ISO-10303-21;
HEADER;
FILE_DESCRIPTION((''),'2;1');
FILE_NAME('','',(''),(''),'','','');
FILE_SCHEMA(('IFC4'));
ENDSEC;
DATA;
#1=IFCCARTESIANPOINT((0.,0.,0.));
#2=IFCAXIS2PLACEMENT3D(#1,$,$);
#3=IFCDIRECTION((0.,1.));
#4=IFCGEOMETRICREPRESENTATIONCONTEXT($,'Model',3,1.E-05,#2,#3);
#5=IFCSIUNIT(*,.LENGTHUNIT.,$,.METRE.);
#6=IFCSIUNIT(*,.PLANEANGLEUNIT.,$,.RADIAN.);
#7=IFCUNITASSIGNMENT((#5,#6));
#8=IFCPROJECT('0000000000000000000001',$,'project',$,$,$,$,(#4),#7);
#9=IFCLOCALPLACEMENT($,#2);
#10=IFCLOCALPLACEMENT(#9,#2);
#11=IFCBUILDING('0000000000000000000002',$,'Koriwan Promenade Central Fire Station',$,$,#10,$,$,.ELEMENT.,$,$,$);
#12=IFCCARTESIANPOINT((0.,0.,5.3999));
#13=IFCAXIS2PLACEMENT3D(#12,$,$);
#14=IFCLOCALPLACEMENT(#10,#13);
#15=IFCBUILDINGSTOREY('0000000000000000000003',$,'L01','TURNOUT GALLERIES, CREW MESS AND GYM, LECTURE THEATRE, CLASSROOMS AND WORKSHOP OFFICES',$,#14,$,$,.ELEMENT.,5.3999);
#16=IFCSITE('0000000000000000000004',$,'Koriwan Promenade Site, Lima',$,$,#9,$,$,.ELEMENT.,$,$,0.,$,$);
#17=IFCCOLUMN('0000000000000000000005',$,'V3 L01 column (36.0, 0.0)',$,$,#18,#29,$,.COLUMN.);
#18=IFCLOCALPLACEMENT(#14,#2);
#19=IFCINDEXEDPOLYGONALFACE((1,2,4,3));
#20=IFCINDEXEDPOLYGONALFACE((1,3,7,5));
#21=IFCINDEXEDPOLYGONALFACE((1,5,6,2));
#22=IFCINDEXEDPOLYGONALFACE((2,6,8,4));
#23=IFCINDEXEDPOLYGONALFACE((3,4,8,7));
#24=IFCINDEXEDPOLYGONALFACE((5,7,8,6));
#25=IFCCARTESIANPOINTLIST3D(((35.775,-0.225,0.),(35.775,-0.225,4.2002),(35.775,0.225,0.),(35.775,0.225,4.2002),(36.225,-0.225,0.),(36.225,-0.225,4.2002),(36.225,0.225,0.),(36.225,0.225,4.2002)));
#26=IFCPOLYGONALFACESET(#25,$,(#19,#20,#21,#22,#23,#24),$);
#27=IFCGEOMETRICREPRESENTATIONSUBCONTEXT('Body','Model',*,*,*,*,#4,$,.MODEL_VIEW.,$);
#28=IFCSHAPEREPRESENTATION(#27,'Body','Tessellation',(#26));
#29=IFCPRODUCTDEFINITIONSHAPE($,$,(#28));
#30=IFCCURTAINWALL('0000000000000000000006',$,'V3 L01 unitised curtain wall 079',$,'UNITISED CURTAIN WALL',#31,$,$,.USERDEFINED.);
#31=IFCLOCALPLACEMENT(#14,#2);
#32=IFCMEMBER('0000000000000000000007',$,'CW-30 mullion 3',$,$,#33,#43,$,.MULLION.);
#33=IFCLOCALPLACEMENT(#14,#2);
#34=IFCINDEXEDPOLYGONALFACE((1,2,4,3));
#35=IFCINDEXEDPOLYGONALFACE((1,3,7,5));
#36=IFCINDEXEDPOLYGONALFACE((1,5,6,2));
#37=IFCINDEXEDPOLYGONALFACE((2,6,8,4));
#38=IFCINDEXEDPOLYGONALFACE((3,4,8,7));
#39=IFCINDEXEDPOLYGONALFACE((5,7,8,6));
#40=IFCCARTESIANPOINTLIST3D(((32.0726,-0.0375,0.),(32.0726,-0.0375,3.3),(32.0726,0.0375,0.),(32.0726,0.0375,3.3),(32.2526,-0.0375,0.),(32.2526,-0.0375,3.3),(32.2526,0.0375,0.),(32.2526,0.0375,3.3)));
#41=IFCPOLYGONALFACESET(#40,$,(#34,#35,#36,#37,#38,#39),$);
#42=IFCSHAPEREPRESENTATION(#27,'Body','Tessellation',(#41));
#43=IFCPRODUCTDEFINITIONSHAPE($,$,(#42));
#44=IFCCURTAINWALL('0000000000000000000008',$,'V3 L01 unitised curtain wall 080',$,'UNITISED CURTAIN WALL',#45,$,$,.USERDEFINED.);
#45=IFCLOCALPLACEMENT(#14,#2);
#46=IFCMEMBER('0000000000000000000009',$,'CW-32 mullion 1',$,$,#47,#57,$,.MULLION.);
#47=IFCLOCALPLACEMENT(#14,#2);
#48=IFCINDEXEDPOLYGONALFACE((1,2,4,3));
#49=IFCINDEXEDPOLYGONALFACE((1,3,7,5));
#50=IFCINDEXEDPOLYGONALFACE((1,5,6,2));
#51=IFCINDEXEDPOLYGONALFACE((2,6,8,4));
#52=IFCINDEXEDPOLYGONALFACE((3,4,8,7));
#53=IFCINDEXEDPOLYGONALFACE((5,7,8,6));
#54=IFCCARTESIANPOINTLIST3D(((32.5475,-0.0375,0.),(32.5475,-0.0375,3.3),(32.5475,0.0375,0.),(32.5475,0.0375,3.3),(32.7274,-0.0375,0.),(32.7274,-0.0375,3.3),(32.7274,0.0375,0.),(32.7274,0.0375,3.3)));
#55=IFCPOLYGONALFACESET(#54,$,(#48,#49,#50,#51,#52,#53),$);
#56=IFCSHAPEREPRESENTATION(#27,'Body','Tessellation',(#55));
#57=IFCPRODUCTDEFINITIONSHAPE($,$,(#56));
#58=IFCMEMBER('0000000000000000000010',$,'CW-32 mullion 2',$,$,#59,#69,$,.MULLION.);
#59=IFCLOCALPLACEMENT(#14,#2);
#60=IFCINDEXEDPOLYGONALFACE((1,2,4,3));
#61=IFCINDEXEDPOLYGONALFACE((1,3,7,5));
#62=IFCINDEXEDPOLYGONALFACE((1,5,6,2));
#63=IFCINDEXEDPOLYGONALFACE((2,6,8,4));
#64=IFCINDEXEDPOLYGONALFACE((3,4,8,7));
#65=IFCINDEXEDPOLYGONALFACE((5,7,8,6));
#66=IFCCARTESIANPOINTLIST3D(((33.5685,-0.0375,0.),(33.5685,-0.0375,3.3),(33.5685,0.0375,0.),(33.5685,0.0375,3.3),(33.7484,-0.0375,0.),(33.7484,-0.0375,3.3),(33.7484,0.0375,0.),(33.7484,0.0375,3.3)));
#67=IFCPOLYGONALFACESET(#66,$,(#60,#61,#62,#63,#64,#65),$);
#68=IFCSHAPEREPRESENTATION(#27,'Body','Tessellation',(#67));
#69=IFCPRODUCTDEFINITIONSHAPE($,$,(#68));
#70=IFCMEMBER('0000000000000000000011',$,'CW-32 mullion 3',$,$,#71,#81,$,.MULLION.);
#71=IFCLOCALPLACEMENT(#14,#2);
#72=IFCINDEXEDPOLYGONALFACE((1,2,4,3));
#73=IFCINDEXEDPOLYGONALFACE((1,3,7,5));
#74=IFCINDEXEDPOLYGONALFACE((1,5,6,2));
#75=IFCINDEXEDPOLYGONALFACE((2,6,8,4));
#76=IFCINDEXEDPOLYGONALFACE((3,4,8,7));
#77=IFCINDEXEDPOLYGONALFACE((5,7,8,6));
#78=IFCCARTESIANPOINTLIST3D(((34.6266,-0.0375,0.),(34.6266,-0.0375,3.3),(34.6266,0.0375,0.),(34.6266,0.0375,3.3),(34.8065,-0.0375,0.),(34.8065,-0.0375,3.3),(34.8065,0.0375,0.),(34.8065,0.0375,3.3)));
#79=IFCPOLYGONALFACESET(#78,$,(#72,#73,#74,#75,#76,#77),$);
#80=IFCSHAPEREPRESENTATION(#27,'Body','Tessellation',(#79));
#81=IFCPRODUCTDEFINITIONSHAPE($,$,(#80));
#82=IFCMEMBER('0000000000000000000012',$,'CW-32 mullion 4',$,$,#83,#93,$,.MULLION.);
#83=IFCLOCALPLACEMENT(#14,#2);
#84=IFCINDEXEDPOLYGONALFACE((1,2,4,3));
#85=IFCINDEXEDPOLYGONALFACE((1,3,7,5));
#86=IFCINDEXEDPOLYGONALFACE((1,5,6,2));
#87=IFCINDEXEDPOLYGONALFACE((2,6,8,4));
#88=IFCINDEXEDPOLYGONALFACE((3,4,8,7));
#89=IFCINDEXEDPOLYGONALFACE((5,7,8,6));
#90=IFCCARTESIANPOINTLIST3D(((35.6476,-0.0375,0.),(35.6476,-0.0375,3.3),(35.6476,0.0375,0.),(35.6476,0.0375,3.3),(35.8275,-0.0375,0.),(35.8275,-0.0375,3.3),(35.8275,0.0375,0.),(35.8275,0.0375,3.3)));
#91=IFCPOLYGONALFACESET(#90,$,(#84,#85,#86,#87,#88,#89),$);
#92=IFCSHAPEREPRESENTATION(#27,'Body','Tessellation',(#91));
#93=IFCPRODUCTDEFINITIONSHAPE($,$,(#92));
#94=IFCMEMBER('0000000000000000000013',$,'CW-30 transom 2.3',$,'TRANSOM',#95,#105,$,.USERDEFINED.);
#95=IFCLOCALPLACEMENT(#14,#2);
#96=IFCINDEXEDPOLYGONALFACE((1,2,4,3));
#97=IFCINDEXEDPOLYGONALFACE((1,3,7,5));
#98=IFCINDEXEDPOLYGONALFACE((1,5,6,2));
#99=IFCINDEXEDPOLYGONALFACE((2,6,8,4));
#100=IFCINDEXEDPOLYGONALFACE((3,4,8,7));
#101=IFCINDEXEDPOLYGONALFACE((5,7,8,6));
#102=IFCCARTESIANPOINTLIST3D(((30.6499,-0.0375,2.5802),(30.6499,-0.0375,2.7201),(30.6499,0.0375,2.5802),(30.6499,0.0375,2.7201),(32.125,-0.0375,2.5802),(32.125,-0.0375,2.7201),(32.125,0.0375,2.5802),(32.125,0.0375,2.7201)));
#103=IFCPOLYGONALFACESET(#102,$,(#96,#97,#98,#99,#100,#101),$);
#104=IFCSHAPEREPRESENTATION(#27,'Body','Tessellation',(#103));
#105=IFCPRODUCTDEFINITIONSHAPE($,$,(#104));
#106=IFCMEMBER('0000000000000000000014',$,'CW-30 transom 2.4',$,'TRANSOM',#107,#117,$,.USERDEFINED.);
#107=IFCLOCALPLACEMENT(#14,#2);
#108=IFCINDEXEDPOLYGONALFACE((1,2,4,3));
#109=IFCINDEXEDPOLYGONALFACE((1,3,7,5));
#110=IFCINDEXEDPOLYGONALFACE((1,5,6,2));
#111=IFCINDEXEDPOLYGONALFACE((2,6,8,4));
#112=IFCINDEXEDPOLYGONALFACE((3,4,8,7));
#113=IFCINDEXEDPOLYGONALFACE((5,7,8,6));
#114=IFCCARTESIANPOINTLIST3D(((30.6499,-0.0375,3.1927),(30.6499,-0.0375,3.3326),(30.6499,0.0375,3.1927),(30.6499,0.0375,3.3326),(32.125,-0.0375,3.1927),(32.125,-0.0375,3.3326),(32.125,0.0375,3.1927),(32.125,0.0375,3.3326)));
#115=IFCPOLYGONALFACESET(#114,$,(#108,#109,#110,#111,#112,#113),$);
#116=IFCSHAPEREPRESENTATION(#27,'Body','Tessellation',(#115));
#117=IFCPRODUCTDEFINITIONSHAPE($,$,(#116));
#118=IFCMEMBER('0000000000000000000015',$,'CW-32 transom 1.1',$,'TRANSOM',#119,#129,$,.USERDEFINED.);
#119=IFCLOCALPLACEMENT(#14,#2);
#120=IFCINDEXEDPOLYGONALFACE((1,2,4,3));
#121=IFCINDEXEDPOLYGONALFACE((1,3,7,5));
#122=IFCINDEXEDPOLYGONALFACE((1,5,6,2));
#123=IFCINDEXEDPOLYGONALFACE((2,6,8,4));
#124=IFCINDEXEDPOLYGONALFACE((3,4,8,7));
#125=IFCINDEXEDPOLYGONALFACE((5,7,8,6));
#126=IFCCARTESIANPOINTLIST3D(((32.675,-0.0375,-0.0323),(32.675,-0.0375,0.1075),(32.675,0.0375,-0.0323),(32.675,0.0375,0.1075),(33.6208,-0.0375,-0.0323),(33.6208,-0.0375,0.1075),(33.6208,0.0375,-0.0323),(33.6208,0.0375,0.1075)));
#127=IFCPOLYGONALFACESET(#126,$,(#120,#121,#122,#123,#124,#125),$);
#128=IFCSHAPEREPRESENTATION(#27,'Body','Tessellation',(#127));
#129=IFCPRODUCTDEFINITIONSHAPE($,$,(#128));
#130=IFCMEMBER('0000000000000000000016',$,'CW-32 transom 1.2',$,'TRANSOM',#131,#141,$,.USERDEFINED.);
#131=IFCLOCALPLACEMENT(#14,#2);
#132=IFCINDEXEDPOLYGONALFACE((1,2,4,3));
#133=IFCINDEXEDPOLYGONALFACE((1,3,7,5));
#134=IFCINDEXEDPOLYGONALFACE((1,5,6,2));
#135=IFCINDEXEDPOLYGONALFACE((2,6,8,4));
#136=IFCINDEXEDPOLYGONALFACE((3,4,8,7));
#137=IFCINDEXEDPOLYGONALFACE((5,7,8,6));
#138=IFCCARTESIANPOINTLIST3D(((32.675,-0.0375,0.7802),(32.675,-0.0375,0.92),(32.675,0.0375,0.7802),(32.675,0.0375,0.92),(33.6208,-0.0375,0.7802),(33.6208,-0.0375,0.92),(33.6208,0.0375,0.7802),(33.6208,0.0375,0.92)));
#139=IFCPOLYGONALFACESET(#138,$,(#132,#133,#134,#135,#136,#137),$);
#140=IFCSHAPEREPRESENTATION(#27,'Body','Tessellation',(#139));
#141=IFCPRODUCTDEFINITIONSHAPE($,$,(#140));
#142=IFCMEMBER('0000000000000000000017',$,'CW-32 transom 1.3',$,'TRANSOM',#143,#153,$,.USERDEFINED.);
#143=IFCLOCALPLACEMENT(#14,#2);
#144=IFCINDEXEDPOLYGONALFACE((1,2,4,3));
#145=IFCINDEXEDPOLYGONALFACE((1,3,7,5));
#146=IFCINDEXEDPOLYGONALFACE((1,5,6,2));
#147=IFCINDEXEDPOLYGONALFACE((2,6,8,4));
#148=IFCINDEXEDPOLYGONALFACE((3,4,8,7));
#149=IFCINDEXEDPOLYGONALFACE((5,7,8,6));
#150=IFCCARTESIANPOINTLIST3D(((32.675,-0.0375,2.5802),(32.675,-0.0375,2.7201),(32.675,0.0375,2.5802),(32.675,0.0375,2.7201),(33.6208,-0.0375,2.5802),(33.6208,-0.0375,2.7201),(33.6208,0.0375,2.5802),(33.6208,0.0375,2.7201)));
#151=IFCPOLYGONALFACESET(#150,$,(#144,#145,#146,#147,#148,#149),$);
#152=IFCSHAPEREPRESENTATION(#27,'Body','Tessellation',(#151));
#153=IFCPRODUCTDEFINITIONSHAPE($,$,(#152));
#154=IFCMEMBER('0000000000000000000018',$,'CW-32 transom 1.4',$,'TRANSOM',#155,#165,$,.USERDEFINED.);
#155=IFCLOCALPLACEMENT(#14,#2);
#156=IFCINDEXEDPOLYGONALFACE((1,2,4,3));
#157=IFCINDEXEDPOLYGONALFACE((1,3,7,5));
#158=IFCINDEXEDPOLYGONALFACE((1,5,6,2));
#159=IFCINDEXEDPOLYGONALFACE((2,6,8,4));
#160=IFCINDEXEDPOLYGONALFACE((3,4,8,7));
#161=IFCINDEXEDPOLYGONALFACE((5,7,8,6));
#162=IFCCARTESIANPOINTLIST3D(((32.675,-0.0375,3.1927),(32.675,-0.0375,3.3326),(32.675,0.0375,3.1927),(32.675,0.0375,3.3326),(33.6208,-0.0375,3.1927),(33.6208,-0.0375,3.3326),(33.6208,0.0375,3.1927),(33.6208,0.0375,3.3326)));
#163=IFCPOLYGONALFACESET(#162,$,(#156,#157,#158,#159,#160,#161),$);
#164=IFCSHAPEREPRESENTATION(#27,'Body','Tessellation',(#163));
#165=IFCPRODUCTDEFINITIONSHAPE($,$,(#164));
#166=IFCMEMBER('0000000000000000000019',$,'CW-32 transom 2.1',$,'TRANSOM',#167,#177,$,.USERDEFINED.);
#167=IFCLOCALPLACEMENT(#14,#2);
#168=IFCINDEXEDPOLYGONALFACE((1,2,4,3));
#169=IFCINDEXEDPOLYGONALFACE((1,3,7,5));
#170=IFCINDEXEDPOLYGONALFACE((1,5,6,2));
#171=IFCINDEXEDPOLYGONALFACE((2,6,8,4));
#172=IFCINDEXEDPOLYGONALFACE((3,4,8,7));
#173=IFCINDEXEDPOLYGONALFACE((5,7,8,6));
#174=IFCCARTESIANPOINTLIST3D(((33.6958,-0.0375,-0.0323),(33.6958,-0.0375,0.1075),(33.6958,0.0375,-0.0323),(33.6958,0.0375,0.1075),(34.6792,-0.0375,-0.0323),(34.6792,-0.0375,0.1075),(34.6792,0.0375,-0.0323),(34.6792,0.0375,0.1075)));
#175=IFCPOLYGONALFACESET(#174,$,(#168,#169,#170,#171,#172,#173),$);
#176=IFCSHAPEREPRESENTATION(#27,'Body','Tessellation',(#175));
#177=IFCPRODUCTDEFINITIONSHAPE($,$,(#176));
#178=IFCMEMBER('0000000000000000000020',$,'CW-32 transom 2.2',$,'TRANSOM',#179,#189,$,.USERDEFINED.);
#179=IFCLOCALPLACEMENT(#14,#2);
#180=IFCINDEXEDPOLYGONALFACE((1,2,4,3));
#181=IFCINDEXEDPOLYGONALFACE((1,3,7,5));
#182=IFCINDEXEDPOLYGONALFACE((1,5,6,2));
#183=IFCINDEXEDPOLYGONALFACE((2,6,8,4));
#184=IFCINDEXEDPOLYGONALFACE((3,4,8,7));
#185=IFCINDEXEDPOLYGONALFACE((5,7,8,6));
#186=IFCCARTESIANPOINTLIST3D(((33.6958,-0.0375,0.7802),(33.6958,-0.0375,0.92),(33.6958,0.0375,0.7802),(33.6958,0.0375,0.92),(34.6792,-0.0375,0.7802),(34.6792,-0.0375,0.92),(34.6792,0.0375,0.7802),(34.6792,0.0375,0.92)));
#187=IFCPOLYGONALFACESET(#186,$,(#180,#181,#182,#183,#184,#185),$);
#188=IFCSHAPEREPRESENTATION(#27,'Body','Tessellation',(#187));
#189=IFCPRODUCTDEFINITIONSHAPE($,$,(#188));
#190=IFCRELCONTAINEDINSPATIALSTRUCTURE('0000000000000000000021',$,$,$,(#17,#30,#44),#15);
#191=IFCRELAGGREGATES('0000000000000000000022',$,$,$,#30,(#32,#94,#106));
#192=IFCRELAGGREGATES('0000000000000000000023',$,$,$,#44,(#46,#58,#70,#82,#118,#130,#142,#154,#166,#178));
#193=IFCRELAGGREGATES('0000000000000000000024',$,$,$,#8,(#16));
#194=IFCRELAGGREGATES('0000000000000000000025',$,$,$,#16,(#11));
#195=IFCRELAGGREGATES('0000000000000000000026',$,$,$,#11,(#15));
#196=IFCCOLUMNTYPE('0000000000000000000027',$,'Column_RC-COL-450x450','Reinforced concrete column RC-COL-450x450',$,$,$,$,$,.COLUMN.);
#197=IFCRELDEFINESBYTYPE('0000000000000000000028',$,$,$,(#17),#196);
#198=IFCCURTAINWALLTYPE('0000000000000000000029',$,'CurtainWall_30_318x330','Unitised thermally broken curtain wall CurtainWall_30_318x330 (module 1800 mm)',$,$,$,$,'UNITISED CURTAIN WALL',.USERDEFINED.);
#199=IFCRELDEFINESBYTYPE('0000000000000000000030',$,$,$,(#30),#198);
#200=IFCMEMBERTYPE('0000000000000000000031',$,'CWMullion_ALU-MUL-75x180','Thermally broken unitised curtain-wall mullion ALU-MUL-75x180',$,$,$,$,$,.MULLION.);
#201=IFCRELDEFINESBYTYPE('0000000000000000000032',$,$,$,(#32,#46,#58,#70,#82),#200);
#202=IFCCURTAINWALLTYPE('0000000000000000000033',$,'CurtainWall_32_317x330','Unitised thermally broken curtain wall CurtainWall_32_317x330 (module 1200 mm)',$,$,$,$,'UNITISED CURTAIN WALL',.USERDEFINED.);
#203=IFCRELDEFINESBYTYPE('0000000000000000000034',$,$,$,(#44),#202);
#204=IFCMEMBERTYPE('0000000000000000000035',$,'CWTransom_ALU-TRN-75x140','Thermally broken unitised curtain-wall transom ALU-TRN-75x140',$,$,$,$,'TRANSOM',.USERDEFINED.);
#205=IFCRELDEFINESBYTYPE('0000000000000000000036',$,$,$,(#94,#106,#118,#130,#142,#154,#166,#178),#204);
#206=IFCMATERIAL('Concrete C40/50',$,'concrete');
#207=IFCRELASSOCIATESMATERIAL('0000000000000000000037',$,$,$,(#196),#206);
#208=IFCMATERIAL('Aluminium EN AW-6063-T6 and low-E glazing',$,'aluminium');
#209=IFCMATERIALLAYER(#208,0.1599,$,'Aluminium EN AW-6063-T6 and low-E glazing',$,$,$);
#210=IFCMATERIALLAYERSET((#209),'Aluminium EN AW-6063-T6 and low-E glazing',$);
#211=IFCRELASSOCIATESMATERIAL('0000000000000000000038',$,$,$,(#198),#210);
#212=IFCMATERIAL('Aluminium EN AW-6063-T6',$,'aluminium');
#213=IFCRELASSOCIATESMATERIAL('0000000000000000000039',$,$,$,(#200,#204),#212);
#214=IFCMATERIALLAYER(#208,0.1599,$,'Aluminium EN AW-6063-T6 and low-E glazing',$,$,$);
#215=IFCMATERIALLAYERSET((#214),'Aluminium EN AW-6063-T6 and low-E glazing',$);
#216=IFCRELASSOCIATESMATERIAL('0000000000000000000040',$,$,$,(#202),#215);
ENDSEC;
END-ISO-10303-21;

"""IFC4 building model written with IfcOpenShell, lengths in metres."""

from ifc_helpers import new_model, si_unit, direction, frame, origin, origin_2d, place, context, subcontext, project, spatial, rectangle, extrude, material, layer, layer_set, material_profile, profile_set, type_object, element, aggregate, save


model = new_model("IFC4")

# Units and contexts
model_context = context("Model", 3, precision=1e-05, world=origin(), true_north=direction((0.0, 1.0)))
body_context = subcontext(model_context, "Body", "Model", "MODEL_VIEW")
ifc_project = project(units=[si_unit("LENGTHUNIT", "METRE"), si_unit("PLANEANGLEUNIT", "RADIAN")], contexts=[model_context])

# Site, building, storey
site_placement = place(None, origin())
site = spatial("IfcSite", under=ifc_project, at=site_placement, Name="Koriwan Promenade Site, Lima", CompositionType="ELEMENT", RefElevation=0.0)
building_placement = place(site_placement, origin())
building = spatial("IfcBuilding", under=site, at=building_placement, Name="Koriwan Promenade Central Fire Station", CompositionType="ELEMENT")
storey_placement = place(building_placement, frame((0.0, 0.0, 5.3999)))
storey = spatial("IfcBuildingStorey", under=building, at=storey_placement, Name="L01", Description="TURNOUT GALLERIES, CREW MESS AND GYM, LECTURE THEATRE, CLASSROOMS AND WORKSHOP OFFICES", CompositionType="ELEMENT", Elevation=5.3999)

# Column
ifc_material_1 = material(Name="Concrete C40/50", Category="concrete")
ifc_material_profile_1 = material_profile(ifc_material_1, rectangle(XDim=0.45, YDim=0.45, at=origin_2d()), Name="RC-COL-450x450")
ifc_profile_set_1 = profile_set([ifc_material_profile_1], Name="Concrete C40/50")
column_type = type_object("IfcColumnType", Name="Column_RC-COL-450x450", Description="Reinforced concrete column RC-COL-450x450", PredefinedType="COLUMN", material=ifc_profile_set_1)
column_placement = place(storey_placement, frame((36.0, 0.0, 0.0), z_axis=(0.0, 0.0, 1.0), x_axis=(1.0, 0.0, 0.0)))
element("IfcColumn", 1, at=column_placement, inside=storey, type_object=column_type, Name="V3 L01 column (36.0, 0.0)", PredefinedType="COLUMN", context=body_context, shape_type="SweptSolid", body=[
    extrude(rectangle(XDim=0.45, YDim=0.45, at=origin_2d()), origin(), (0.0, 0.0, 1.0), 4.2002),
])

# Curtain wall, member
ifc_material_2 = material(Name="Aluminium EN AW-6063-T6 and low-E glazing", Category="aluminium")
ifc_layer_1 = layer(ifc_material_2, 0.1599, Name="Aluminium EN AW-6063-T6 and low-E glazing")
ifc_layer_set_1 = layer_set([ifc_layer_1], Name="Aluminium EN AW-6063-T6 and low-E glazing")
curtain_wall_type_1 = type_object("IfcCurtainWallType", Name="CurtainWall_30_318x330", Description="Unitised thermally broken curtain wall CurtainWall_30_318x330 (module 1800 mm)", ElementType="UNITISED CURTAIN WALL", PredefinedType="USERDEFINED", material=ifc_layer_set_1)
curtain_wall_1_placement = place(storey_placement, origin())
curtain_wall_1 = element("IfcCurtainWall", 2, at=curtain_wall_1_placement, inside=storey, type_object=curtain_wall_type_1, Name="V3 L01 unitised curtain wall 079", ObjectType="UNITISED CURTAIN WALL", PredefinedType="USERDEFINED")
ifc_material_3 = material(Name="Aluminium EN AW-6063-T6", Category="aluminium")
ifc_material_profile_2 = material_profile(ifc_material_3, rectangle(XDim=0.075, YDim=0.1799, at=origin_2d()), Name="ALU-MUL-75x180")
ifc_profile_set_2 = profile_set([ifc_material_profile_2], Name="Aluminium EN AW-6063-T6")
member_type_1 = type_object("IfcMemberType", Name="CWMullion_ALU-MUL-75x180", Description="Thermally broken unitised curtain-wall mullion ALU-MUL-75x180", PredefinedType="MULLION", material=ifc_profile_set_2)
member_1_placement = place(storey_placement, frame((32.1626, 0.0, 0.0), z_axis=(0.0, 0.0, 1.0), x_axis=(0.0, 1.0, 0.0)))
member_1 = element("IfcMember", 3, at=member_1_placement, type_object=member_type_1, Name="CW-30 mullion 3", PredefinedType="MULLION", context=body_context, shape_type="SweptSolid", body=[
    extrude(rectangle(XDim=0.075, YDim=0.1799, at=origin_2d()), origin(), (0.0, 0.0, 1.0), 3.3),
])

# Curtain wall, members
ifc_layer_2 = layer(ifc_material_2, 0.1599, Name="Aluminium EN AW-6063-T6 and low-E glazing")
ifc_layer_set_2 = layer_set([ifc_layer_2], Name="Aluminium EN AW-6063-T6 and low-E glazing")
curtain_wall_type_2 = type_object("IfcCurtainWallType", Name="CurtainWall_32_317x330", Description="Unitised thermally broken curtain wall CurtainWall_32_317x330 (module 1200 mm)", ElementType="UNITISED CURTAIN WALL", PredefinedType="USERDEFINED", material=ifc_layer_set_2)
curtain_wall_2_placement = place(storey_placement, origin())
curtain_wall_2 = element("IfcCurtainWall", 4, at=curtain_wall_2_placement, inside=storey, type_object=curtain_wall_type_2, Name="V3 L01 unitised curtain wall 080", ObjectType="UNITISED CURTAIN WALL", PredefinedType="USERDEFINED")
member_2_placement = place(storey_placement, frame((32.6375, 0.0, 0.0), z_axis=(0.0, 0.0, 1.0), x_axis=(0.0, 1.0, 0.0)))
member_2 = element("IfcMember", 5, at=member_2_placement, type_object=member_type_1, Name="CW-32 mullion 1", PredefinedType="MULLION", context=body_context, shape_type="SweptSolid", body=[
    extrude(rectangle(XDim=0.075, YDim=0.1799, at=origin_2d()), origin(), (0.0, 0.0, 1.0), 3.3),
])
member_3_placement = place(storey_placement, frame((33.6584, 0.0, 0.0), z_axis=(0.0, 0.0, 1.0), x_axis=(0.0, 1.0, 0.0)))
member_3 = element("IfcMember", 6, at=member_3_placement, type_object=member_type_1, Name="CW-32 mullion 2", PredefinedType="MULLION", context=body_context, shape_type="SweptSolid", body=[
    extrude(rectangle(XDim=0.075, YDim=0.1799, at=origin_2d()), origin(), (0.0, 0.0, 1.0), 3.3),
])
member_4_placement = place(storey_placement, frame((34.7166, 0.0, 0.0), z_axis=(0.0, 0.0, 1.0), x_axis=(0.0, 1.0, 0.0)))
member_4 = element("IfcMember", 7, at=member_4_placement, type_object=member_type_1, Name="CW-32 mullion 3", PredefinedType="MULLION", context=body_context, shape_type="SweptSolid", body=[
    extrude(rectangle(XDim=0.075, YDim=0.1799, at=origin_2d()), origin(), (0.0, 0.0, 1.0), 3.3),
])
member_5_placement = place(storey_placement, frame((35.7375, 0.0, 0.0), z_axis=(0.0, 0.0, 1.0), x_axis=(0.0, 1.0, 0.0)))
member_5 = element("IfcMember", 8, at=member_5_placement, type_object=member_type_1, Name="CW-32 mullion 4", PredefinedType="MULLION", context=body_context, shape_type="SweptSolid", body=[
    extrude(rectangle(XDim=0.075, YDim=0.1799, at=origin_2d()), origin(), (0.0, 0.0, 1.0), 3.3),
])

# Members
ifc_material_profile_3 = material_profile(ifc_material_3, rectangle(XDim=0.075, YDim=0.1399, at=origin_2d()), Name="ALU-TRN-75x140")
ifc_profile_set_3 = profile_set([ifc_material_profile_3], Name="Aluminium EN AW-6063-T6")
member_type_2 = type_object("IfcMemberType", Name="CWTransom_ALU-TRN-75x140", Description="Thermally broken unitised curtain-wall transom ALU-TRN-75x140", ElementType="TRANSOM", PredefinedType="USERDEFINED", material=ifc_profile_set_3)
member_6_placement = place(storey_placement, frame((30.6499, 0.0, 2.6501), z_axis=(1.0, 0.0, 0.0), x_axis=(0.0, 1.0, 0.0)))
member_6 = element("IfcMember", 9, at=member_6_placement, type_object=member_type_2, Name="CW-30 transom 2.3", ObjectType="TRANSOM", PredefinedType="USERDEFINED", context=body_context, shape_type="SweptSolid", body=[
    extrude(rectangle(XDim=0.075, YDim=0.1399, at=origin_2d()), origin(), (0.0, 0.0, 1.0), 1.4751),
])
member_7_placement = place(storey_placement, frame((30.6499, 0.0, 3.2627), z_axis=(1.0, 0.0, 0.0), x_axis=(0.0, 1.0, 0.0)))
member_7 = element("IfcMember", 10, at=member_7_placement, type_object=member_type_2, Name="CW-30 transom 2.4", ObjectType="TRANSOM", PredefinedType="USERDEFINED", context=body_context, shape_type="SweptSolid", body=[
    extrude(rectangle(XDim=0.075, YDim=0.1399, at=origin_2d()), origin(), (0.0, 0.0, 1.0), 1.4751),
])
member_8_placement = place(storey_placement, frame((32.675, 0.0, 0.0376), z_axis=(1.0, 0.0, 0.0), x_axis=(0.0, 1.0, 0.0)))
member_8 = element("IfcMember", 11, at=member_8_placement, type_object=member_type_2, Name="CW-32 transom 1.1", ObjectType="TRANSOM", PredefinedType="USERDEFINED", context=body_context, shape_type="SweptSolid", body=[
    extrude(rectangle(XDim=0.075, YDim=0.1399, at=origin_2d()), origin(), (0.0, 0.0, 1.0), 0.9458),
])
member_9_placement = place(storey_placement, frame((32.675, 0.0, 0.8501), z_axis=(1.0, 0.0, 0.0), x_axis=(0.0, 1.0, 0.0)))
member_9 = element("IfcMember", 12, at=member_9_placement, type_object=member_type_2, Name="CW-32 transom 1.2", ObjectType="TRANSOM", PredefinedType="USERDEFINED", context=body_context, shape_type="SweptSolid", body=[
    extrude(rectangle(XDim=0.075, YDim=0.1399, at=origin_2d()), origin(), (0.0, 0.0, 1.0), 0.9458),
])
member_10_placement = place(storey_placement, frame((32.675, 0.0, 2.6501), z_axis=(1.0, 0.0, 0.0), x_axis=(0.0, 1.0, 0.0)))
member_10 = element("IfcMember", 13, at=member_10_placement, type_object=member_type_2, Name="CW-32 transom 1.3", ObjectType="TRANSOM", PredefinedType="USERDEFINED", context=body_context, shape_type="SweptSolid", body=[
    extrude(rectangle(XDim=0.075, YDim=0.1399, at=origin_2d()), origin(), (0.0, 0.0, 1.0), 0.9458),
])
member_11_placement = place(storey_placement, frame((32.675, 0.0, 3.2627), z_axis=(1.0, 0.0, 0.0), x_axis=(0.0, 1.0, 0.0)))
member_11 = element("IfcMember", 14, at=member_11_placement, type_object=member_type_2, Name="CW-32 transom 1.4", ObjectType="TRANSOM", PredefinedType="USERDEFINED", context=body_context, shape_type="SweptSolid", body=[
    extrude(rectangle(XDim=0.075, YDim=0.1399, at=origin_2d()), origin(), (0.0, 0.0, 1.0), 0.9458),
])
member_12_placement = place(storey_placement, frame((33.6958, 0.0, 0.0376), z_axis=(1.0, 0.0, 0.0), x_axis=(0.0, 1.0, 0.0)))
member_12 = element("IfcMember", 15, at=member_12_placement, type_object=member_type_2, Name="CW-32 transom 2.1", ObjectType="TRANSOM", PredefinedType="USERDEFINED", context=body_context, shape_type="SweptSolid", body=[
    extrude(rectangle(XDim=0.075, YDim=0.1399, at=origin_2d()), origin(), (0.0, 0.0, 1.0), 0.9834),
])
member_13_placement = place(storey_placement, frame((33.6958, 0.0, 0.8501), z_axis=(1.0, 0.0, 0.0), x_axis=(0.0, 1.0, 0.0)))
member_13 = element("IfcMember", 16, at=member_13_placement, type_object=member_type_2, Name="CW-32 transom 2.2", ObjectType="TRANSOM", PredefinedType="USERDEFINED", context=body_context, shape_type="SweptSolid", body=[
    extrude(rectangle(XDim=0.075, YDim=0.1399, at=origin_2d()), origin(), (0.0, 0.0, 1.0), 0.9834),
])

aggregate(curtain_wall_1, [member_1, member_6, member_7])
aggregate(curtain_wall_2, [member_2, member_3, member_4, member_5, member_8, member_9, member_10, member_11, member_12, member_13])

save(model, "model.ifc")
